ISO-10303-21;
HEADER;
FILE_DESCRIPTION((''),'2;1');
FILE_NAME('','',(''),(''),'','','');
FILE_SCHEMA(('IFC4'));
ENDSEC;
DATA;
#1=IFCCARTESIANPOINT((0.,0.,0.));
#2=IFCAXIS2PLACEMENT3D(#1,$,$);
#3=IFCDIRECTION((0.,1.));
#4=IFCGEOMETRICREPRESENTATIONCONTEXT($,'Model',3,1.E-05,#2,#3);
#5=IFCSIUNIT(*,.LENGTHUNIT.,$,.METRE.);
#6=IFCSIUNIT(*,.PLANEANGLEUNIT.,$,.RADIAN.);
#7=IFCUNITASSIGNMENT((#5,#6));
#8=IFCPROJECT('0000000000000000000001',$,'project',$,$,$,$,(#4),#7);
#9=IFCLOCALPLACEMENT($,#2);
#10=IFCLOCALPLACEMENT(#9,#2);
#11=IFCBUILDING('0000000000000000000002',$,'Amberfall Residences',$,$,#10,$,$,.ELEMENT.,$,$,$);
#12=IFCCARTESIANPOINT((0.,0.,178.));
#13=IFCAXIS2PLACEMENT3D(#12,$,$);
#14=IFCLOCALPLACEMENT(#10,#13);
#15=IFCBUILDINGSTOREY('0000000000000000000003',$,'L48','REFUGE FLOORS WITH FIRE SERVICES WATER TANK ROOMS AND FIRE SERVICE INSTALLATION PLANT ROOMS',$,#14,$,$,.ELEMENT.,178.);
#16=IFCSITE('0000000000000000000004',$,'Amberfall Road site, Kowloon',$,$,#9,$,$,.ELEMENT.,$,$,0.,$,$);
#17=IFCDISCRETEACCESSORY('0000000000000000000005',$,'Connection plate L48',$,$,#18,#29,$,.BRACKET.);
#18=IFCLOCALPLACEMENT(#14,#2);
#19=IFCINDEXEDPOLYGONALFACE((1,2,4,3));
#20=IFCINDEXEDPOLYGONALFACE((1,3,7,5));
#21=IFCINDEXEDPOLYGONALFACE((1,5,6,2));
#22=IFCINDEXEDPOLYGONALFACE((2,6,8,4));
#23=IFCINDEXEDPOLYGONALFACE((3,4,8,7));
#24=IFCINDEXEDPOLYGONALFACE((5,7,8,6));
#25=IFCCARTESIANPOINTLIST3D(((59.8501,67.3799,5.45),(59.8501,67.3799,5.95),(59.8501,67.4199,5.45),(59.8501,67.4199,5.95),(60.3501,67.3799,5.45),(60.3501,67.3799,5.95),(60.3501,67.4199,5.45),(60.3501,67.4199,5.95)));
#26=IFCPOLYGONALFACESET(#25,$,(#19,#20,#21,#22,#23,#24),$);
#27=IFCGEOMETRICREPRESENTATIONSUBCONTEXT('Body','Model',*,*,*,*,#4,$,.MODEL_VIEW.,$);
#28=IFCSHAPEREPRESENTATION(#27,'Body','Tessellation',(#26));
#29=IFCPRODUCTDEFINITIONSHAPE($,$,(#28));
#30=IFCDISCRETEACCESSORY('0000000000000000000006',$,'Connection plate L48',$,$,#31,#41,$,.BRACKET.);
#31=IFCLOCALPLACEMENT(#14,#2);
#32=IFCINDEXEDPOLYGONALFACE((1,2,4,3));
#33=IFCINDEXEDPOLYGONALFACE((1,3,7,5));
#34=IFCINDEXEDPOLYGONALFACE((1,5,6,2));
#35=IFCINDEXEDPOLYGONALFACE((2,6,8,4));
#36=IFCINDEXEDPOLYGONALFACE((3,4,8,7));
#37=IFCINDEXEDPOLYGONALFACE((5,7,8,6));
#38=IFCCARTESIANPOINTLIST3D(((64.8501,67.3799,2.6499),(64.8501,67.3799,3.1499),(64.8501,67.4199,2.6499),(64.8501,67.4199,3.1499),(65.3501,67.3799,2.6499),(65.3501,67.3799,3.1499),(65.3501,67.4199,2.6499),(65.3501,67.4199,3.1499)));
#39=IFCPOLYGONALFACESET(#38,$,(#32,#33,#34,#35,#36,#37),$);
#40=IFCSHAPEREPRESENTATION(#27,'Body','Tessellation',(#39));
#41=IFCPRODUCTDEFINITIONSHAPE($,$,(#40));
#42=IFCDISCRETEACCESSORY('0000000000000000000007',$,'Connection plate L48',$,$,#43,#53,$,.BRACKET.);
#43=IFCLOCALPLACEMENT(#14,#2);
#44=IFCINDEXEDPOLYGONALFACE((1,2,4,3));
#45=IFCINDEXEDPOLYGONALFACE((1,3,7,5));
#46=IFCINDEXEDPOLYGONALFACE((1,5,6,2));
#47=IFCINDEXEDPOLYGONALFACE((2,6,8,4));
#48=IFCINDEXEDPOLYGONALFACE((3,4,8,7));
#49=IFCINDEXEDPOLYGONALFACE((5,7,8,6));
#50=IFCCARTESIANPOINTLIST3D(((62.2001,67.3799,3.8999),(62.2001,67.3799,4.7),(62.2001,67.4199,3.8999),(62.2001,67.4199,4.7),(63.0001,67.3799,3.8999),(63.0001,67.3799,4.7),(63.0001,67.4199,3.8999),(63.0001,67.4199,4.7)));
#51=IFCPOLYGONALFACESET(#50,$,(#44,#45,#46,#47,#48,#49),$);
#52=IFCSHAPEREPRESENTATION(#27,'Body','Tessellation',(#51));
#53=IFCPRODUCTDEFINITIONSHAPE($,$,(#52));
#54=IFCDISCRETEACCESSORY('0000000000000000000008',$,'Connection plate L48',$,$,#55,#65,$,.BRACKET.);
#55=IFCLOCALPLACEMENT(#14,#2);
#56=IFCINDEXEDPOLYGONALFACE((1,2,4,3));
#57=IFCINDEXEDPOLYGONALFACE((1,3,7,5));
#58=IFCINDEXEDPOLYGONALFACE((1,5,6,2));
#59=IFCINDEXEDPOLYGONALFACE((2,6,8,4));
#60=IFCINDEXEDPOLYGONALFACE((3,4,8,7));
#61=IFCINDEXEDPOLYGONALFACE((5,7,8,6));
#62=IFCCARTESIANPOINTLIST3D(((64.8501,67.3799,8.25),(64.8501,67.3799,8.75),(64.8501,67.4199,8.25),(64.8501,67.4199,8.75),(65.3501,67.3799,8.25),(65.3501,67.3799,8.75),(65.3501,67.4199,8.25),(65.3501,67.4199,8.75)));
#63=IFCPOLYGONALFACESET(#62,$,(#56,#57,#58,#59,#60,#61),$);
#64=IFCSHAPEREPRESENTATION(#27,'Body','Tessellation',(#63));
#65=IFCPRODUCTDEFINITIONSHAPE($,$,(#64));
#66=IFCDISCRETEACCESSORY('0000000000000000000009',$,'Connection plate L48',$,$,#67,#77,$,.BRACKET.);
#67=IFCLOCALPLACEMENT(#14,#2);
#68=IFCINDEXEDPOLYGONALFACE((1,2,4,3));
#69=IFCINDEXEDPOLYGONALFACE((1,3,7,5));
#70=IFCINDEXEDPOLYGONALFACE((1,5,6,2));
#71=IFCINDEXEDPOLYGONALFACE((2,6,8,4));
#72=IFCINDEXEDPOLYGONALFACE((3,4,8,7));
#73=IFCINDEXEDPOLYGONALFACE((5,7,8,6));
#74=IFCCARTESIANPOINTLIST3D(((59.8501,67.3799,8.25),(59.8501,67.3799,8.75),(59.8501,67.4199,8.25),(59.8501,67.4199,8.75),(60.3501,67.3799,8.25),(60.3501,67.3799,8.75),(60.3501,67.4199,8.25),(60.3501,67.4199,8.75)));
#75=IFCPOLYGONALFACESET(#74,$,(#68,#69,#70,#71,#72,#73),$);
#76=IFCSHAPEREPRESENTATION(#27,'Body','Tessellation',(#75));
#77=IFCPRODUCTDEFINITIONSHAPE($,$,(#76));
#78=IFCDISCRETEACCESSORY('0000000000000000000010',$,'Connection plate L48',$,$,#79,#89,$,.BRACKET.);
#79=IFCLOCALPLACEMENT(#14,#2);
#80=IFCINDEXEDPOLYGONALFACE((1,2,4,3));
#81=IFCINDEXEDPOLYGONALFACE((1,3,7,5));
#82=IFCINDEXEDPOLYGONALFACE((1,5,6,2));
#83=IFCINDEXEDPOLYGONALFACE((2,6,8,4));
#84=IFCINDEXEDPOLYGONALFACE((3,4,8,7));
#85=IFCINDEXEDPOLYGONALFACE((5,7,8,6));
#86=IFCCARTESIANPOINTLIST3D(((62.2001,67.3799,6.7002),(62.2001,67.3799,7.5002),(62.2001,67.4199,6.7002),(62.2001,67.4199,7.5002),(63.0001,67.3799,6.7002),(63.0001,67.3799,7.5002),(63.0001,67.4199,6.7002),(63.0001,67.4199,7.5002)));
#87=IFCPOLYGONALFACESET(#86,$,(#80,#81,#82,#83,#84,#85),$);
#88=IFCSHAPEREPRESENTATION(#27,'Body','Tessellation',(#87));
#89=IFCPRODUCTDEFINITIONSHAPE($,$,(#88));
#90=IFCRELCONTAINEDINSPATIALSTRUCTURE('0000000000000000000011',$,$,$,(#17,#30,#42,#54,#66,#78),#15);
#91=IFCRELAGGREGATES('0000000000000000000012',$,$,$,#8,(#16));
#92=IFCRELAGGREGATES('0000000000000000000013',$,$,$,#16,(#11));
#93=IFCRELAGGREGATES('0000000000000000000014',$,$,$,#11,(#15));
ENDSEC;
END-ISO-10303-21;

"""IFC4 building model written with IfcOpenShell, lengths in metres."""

from ifc_helpers import new_model, si_unit, direction, frame, origin, origin_2d, place, context, subcontext, project, spatial, rectangle, extrude, element, save


model = new_model("IFC4")

# Units and contexts
model_context = context("Model", 3, precision=1e-05, world=origin(), true_north=direction((0.0, 1.0)))
body_context = subcontext(model_context, "Body", "Model", "MODEL_VIEW")
ifc_project = project(units=[si_unit("LENGTHUNIT", "METRE"), si_unit("PLANEANGLEUNIT", "RADIAN")], contexts=[model_context])

# Site, building, storey
site_placement = place(None, origin())
site = spatial("IfcSite", under=ifc_project, at=site_placement, Name="Amberfall Road site, Kowloon", CompositionType="ELEMENT", RefElevation=0.0)
building_placement = place(site_placement, origin())
building = spatial("IfcBuilding", under=site, at=building_placement, Name="Amberfall Residences", CompositionType="ELEMENT")
storey_placement = place(building_placement, frame((0.0, 0.0, 178.0)))
storey = spatial("IfcBuildingStorey", under=building, at=storey_placement, Name="L48", Description="REFUGE FLOORS WITH FIRE SERVICES WATER TANK ROOMS AND FIRE SERVICE INSTALLATION PLANT ROOMS", CompositionType="ELEMENT", Elevation=178.0)

# Discrete accessories
for number, where, z_axis, x_axis, name in (
    (1, (60.1001, 67.3999, 5.45), (0.0, 0.0, 1.0), (1.0, 0.0, 0.0), "Connection plate L48"),
    (2, (65.1001, 67.3999, 2.6499), (0.0, 0.0, 1.0), (1.0, 0.0, 0.0), "Connection plate L48"),
):
    element("IfcDiscreteAccessory", number, at=place(storey_placement, frame(where, z_axis=z_axis, x_axis=x_axis)), inside=storey, Name=name, PredefinedType="BRACKET", context=body_context, shape_type="SweptSolid", body=[
        extrude(rectangle(XDim=0.5, YDim=0.04, at=origin_2d()), origin(), (0.0, 0.0, 1.0), 0.5),
    ])
discrete_accessory_1_placement = place(storey_placement, frame((62.6001, 67.3999, 3.8999), z_axis=(0.0, 0.0, 1.0), x_axis=(1.0, 0.0, 0.0)))
element("IfcDiscreteAccessory", 3, at=discrete_accessory_1_placement, inside=storey, Name="Connection plate L48", PredefinedType="BRACKET", context=body_context, shape_type="SweptSolid", body=[
    extrude(rectangle(XDim=0.8, YDim=0.04, at=origin_2d()), origin(), (0.0, 0.0, 1.0), 0.8),
])
for number, where, z_axis, x_axis, name in (
    (4, (65.1001, 67.3999, 8.25), (0.0, 0.0, 1.0), (1.0, 0.0, 0.0), "Connection plate L48"),
    (5, (60.1001, 67.3999, 8.25), (0.0, 0.0, 1.0), (1.0, 0.0, 0.0), "Connection plate L48"),
):
    element("IfcDiscreteAccessory", number, at=place(storey_placement, frame(where, z_axis=z_axis, x_axis=x_axis)), inside=storey, Name=name, PredefinedType="BRACKET", context=body_context, shape_type="SweptSolid", body=[
        extrude(rectangle(XDim=0.5, YDim=0.04, at=origin_2d()), origin(), (0.0, 0.0, 1.0), 0.5),
    ])
discrete_accessory_2_placement = place(storey_placement, frame((62.6001, 67.3999, 6.7002), z_axis=(0.0, 0.0, 1.0), x_axis=(1.0, 0.0, 0.0)))
element("IfcDiscreteAccessory", 6, at=discrete_accessory_2_placement, inside=storey, Name="Connection plate L48", PredefinedType="BRACKET", context=body_context, shape_type="SweptSolid", body=[
    extrude(rectangle(XDim=0.8, YDim=0.04, at=origin_2d()), origin(), (0.0, 0.0, 1.0), 0.8),
])

save(model, "model.ifc")
